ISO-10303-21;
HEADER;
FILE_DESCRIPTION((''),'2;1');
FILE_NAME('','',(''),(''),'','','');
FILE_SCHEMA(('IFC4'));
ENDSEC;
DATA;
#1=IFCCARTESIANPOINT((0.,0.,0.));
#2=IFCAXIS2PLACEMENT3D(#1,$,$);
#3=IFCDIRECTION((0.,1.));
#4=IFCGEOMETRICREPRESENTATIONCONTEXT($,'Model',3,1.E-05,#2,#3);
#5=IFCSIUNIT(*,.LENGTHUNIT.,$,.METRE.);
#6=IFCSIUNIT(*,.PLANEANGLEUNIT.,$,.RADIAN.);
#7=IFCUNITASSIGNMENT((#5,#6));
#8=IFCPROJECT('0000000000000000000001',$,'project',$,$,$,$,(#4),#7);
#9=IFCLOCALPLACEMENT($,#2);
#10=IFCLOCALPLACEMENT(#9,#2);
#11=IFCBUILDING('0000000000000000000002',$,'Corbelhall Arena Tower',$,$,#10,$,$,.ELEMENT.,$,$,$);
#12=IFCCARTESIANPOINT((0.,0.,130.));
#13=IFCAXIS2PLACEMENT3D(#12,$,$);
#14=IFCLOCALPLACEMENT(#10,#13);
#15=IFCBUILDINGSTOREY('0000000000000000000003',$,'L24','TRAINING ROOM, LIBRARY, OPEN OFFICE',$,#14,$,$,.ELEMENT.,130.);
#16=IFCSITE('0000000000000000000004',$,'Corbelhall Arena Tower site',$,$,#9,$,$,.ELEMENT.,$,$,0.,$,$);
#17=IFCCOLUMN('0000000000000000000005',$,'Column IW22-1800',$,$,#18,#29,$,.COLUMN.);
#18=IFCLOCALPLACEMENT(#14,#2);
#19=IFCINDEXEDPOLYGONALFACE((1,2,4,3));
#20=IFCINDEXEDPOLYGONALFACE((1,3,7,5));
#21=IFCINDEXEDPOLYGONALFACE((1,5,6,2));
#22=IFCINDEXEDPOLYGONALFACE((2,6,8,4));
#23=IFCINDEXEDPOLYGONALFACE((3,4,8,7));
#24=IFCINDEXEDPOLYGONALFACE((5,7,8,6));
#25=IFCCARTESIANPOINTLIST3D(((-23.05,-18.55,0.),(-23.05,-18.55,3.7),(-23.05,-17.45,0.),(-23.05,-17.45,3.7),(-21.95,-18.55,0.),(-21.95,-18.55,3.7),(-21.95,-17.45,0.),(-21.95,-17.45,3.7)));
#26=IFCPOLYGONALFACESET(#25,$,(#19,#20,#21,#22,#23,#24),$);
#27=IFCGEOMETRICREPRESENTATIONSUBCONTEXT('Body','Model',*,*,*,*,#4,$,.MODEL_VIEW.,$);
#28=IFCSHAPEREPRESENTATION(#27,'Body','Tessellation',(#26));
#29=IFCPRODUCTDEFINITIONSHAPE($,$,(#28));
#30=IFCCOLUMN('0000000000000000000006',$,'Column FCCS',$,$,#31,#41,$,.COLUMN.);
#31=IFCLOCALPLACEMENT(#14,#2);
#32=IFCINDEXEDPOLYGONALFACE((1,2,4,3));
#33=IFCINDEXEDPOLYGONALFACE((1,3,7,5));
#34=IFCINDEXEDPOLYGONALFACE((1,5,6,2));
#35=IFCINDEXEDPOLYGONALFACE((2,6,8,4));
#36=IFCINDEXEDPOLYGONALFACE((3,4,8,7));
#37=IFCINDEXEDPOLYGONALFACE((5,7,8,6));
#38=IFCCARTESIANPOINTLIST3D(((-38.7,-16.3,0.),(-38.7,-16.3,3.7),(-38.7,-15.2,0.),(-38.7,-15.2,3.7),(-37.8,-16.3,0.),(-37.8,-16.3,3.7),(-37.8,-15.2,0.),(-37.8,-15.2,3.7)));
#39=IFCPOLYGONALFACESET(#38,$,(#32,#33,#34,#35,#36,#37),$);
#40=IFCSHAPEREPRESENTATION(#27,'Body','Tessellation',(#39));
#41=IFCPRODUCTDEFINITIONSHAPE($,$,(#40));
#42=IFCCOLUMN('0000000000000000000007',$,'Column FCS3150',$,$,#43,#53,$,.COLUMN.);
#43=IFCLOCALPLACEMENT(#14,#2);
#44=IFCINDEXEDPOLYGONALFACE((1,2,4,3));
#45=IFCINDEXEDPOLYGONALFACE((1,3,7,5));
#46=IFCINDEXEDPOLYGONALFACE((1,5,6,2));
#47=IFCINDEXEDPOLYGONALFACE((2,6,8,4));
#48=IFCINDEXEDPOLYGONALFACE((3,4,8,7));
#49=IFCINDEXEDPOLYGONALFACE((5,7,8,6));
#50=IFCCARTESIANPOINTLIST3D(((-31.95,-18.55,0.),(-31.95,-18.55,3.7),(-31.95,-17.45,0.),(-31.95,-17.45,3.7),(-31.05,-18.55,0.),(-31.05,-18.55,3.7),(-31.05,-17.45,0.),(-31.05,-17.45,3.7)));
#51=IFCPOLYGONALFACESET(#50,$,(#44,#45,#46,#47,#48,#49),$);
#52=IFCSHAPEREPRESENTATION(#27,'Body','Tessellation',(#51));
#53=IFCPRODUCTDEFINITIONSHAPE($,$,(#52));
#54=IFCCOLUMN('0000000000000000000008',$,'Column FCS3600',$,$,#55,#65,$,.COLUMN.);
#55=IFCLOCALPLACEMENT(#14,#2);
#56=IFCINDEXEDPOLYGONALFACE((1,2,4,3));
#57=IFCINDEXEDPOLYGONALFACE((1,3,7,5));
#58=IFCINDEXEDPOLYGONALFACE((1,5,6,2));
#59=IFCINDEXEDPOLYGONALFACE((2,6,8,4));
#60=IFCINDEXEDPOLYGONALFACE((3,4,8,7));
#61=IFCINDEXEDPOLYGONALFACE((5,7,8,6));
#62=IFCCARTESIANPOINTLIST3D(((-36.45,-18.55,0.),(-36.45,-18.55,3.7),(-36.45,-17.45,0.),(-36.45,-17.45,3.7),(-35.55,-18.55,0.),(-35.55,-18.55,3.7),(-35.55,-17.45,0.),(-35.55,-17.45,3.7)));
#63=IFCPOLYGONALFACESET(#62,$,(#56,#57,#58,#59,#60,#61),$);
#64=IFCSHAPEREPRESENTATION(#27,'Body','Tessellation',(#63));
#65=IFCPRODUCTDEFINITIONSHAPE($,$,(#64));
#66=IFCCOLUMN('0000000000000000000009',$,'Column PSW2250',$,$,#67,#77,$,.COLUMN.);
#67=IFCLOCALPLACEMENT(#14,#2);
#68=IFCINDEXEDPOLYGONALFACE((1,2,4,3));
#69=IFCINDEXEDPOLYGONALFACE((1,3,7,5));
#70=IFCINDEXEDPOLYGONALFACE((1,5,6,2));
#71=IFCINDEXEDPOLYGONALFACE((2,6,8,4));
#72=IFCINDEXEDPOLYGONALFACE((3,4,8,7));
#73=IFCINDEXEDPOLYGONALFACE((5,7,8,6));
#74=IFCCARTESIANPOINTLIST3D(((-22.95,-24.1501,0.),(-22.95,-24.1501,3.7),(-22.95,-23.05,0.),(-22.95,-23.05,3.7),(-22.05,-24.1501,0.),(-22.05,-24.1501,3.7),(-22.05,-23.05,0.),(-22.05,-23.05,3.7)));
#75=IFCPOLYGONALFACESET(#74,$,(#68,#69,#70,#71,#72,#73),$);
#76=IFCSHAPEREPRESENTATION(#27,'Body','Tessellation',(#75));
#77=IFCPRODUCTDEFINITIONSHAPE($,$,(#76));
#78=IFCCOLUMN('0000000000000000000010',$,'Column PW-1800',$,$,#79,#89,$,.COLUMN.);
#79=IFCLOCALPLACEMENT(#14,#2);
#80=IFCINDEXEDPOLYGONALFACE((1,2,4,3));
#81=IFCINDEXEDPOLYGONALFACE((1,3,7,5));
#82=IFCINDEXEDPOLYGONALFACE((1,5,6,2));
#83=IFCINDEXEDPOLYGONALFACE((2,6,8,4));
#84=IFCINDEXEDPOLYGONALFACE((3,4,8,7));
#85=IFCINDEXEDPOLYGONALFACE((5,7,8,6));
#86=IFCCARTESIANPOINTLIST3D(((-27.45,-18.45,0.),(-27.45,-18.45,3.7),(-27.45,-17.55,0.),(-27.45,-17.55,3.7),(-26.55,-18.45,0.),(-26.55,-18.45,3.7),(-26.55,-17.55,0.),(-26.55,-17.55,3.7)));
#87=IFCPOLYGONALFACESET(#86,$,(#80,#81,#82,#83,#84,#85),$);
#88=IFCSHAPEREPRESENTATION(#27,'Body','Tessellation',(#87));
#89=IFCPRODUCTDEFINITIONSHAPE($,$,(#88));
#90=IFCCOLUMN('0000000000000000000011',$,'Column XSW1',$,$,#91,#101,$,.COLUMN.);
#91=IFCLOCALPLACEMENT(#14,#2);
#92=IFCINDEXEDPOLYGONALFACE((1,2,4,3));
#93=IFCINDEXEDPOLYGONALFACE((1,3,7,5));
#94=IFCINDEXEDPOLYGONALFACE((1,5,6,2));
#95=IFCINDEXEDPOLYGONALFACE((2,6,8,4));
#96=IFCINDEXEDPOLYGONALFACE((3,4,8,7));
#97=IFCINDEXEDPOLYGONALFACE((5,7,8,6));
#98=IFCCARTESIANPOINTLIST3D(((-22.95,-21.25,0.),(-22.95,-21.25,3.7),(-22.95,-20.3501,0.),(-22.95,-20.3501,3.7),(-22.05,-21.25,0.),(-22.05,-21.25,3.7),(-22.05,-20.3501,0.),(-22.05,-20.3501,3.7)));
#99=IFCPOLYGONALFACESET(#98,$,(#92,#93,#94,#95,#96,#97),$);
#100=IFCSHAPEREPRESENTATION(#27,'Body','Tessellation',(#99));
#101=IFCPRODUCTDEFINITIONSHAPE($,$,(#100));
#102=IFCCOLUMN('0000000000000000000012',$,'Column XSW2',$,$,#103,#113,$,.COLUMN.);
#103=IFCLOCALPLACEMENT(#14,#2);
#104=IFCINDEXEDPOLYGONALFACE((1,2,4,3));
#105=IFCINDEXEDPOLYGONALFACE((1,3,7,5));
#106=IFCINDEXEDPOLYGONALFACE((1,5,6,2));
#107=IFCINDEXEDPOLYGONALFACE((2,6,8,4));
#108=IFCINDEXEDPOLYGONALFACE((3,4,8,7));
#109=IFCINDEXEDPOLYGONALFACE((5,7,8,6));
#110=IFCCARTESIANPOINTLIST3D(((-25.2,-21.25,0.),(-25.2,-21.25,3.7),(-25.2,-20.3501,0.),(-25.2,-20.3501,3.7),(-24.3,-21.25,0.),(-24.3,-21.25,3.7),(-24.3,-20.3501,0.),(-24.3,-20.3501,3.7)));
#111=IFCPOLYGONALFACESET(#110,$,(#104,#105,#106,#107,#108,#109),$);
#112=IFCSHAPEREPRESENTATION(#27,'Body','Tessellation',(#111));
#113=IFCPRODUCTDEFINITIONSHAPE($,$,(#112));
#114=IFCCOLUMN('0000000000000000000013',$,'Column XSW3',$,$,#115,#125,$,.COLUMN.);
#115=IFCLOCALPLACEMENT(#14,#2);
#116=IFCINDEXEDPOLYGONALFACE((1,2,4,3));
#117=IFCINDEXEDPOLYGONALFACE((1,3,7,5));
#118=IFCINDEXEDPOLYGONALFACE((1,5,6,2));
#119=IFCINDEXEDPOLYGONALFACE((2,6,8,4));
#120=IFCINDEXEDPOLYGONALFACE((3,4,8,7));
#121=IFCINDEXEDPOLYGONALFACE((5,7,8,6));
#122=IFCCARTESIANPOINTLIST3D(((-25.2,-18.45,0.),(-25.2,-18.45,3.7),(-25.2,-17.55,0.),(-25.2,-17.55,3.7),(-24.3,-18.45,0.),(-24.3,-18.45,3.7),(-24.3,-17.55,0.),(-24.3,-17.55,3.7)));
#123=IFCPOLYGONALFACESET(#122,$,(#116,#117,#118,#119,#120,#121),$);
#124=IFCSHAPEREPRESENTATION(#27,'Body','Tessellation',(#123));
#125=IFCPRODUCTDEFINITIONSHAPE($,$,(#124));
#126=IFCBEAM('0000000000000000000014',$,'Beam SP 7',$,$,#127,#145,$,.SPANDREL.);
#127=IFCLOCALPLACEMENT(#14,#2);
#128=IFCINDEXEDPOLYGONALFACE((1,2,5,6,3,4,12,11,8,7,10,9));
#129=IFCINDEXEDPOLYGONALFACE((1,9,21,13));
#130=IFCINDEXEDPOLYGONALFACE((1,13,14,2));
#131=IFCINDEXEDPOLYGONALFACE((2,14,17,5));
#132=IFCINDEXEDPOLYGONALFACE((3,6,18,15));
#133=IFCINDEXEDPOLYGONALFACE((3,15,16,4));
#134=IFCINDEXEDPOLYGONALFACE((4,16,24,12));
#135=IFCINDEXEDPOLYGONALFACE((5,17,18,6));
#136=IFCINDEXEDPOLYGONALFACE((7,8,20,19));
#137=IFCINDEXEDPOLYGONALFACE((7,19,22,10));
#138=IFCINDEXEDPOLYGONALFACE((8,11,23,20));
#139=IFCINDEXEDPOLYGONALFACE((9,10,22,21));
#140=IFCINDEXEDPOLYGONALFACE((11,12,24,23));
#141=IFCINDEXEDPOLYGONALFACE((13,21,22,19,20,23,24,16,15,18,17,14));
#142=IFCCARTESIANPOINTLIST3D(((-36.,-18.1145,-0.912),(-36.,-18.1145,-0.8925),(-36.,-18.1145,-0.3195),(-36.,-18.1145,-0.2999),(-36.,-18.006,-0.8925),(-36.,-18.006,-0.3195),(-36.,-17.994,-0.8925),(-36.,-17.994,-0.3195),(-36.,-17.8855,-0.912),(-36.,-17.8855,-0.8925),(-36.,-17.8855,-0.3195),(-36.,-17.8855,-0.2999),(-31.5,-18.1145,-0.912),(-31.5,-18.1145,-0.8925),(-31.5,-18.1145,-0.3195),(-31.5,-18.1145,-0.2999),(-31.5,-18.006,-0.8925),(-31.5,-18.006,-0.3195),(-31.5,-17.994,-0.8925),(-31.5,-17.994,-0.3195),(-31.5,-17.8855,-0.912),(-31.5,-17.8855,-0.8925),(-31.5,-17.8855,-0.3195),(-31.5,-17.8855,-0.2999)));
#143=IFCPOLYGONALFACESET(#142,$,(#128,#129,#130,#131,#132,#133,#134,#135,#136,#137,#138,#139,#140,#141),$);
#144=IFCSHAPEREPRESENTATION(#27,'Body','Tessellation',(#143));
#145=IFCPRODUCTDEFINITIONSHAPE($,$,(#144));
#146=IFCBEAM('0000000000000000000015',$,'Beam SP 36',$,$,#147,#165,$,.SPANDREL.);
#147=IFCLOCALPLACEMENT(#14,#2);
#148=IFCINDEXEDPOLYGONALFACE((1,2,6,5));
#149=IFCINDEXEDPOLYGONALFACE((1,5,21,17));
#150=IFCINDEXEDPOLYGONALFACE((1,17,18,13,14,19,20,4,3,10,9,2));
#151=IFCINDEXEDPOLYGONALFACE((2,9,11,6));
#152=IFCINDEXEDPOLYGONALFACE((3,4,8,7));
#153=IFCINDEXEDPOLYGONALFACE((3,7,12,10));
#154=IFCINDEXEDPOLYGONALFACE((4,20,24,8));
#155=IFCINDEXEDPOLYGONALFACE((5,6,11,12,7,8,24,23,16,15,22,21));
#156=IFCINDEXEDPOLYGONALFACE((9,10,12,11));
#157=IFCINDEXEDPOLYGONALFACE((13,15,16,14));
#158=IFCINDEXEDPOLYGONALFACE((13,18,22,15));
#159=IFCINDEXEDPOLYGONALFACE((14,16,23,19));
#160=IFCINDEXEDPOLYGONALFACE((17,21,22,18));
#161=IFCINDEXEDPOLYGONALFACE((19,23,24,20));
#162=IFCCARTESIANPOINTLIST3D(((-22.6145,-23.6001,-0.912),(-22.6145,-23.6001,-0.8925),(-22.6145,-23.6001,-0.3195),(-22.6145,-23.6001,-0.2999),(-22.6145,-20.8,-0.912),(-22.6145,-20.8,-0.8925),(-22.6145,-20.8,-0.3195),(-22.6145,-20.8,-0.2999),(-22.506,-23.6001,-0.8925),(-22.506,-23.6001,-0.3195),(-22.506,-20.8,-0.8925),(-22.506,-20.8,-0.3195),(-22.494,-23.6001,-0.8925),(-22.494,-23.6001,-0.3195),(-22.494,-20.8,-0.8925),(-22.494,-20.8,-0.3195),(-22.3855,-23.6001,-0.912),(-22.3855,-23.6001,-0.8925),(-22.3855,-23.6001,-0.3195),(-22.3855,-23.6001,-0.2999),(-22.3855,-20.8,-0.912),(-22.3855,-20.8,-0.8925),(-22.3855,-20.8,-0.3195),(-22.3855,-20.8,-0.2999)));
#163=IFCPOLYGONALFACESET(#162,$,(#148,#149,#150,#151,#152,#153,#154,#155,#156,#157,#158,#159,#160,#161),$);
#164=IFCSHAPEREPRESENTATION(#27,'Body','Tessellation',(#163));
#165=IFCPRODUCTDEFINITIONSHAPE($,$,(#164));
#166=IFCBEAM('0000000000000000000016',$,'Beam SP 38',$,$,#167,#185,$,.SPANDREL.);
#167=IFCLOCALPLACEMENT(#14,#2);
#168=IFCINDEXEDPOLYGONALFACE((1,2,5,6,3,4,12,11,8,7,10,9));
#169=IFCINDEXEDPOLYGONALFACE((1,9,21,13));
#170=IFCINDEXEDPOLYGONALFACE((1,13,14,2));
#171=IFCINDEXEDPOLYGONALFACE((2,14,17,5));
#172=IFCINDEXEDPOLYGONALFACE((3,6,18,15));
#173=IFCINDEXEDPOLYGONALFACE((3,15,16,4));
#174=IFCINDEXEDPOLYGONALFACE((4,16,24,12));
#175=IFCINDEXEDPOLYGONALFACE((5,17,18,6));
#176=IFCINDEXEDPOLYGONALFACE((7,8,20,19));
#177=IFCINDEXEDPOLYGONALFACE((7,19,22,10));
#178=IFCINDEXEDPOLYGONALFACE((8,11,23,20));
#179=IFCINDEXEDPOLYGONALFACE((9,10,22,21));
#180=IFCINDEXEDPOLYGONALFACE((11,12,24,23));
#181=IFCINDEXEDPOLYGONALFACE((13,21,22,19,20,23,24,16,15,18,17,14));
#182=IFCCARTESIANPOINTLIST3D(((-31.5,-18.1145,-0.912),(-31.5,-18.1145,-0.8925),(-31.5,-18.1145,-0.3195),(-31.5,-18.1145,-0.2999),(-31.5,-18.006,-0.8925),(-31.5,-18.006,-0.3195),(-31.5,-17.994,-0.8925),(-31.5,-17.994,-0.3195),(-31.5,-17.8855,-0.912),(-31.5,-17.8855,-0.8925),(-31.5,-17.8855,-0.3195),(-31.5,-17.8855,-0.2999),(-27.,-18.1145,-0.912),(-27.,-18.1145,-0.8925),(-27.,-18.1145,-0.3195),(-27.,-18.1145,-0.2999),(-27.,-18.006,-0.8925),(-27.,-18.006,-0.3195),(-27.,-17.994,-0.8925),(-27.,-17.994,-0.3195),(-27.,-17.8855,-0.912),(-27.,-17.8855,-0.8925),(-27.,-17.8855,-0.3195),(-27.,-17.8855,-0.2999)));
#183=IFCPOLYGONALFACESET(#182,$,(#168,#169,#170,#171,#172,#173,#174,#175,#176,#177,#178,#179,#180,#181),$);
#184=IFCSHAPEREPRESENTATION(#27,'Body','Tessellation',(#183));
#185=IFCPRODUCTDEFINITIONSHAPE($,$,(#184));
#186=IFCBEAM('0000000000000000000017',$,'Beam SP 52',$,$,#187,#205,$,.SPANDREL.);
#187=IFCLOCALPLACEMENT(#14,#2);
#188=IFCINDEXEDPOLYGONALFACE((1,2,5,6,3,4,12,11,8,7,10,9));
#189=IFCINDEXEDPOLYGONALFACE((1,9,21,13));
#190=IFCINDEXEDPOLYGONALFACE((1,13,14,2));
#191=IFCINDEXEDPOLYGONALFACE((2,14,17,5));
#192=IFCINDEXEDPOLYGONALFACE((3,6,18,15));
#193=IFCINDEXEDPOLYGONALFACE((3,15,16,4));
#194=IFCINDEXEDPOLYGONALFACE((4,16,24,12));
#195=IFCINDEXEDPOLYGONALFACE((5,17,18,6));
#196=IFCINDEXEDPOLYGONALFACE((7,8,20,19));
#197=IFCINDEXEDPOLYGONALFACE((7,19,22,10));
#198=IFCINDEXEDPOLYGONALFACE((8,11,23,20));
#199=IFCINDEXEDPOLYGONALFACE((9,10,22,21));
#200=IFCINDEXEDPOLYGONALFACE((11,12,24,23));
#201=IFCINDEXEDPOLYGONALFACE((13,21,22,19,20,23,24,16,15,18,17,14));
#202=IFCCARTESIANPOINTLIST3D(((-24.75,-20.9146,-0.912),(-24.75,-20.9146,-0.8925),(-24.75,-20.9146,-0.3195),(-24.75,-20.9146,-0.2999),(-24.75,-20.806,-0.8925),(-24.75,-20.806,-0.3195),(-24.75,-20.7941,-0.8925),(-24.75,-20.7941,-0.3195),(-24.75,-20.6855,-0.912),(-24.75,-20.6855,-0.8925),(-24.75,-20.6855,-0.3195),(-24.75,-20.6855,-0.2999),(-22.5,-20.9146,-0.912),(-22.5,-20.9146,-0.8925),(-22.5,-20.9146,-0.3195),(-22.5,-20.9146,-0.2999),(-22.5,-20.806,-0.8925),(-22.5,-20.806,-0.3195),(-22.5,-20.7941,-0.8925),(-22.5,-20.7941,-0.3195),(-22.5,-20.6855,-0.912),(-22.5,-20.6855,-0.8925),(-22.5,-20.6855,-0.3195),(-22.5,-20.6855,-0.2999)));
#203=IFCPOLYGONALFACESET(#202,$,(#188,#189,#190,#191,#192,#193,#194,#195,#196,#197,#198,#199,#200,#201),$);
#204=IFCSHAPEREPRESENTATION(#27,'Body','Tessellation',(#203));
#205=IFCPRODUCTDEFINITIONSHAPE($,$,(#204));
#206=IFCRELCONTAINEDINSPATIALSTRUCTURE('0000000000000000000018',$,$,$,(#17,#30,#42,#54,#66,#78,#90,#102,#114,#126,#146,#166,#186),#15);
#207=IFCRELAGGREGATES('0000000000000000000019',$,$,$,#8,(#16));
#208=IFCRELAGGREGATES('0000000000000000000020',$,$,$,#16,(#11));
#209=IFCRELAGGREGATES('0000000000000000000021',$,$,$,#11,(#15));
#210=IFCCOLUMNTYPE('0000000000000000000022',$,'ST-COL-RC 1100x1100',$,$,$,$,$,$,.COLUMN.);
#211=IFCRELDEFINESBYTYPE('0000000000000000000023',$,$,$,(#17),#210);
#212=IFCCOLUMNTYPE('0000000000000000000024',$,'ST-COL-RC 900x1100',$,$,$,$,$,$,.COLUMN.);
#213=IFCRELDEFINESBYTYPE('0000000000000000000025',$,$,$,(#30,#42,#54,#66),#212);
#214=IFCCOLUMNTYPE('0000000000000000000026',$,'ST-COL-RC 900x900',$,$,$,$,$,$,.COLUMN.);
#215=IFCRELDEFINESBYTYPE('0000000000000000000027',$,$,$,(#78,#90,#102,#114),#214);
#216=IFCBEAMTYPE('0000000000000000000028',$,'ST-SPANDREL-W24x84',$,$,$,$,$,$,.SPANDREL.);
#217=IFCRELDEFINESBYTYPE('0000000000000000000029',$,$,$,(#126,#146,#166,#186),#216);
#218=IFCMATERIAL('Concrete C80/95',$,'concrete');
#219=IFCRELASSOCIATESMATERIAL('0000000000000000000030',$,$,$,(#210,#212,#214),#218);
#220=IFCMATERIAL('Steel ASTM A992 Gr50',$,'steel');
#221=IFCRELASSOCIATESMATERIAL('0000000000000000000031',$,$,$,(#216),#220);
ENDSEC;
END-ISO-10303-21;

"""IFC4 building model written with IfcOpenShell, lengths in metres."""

from ifc_helpers import new_model, si_unit, direction, frame, origin, origin_2d, place, context, subcontext, project, spatial, rectangle, i_section, extrude, material, material_profile, profile_set, type_object, element, save


model = new_model("IFC4")

# Units and contexts
model_context = context("Model", 3, precision=1e-05, world=origin(), true_north=direction((0.0, 1.0)))
body_context = subcontext(model_context, "Body", "Model", "MODEL_VIEW")
ifc_project = project(units=[si_unit("LENGTHUNIT", "METRE"), si_unit("PLANEANGLEUNIT", "RADIAN")], contexts=[model_context])

# Site, building, storey
site_placement = place(None, origin())
site = spatial("IfcSite", under=ifc_project, at=site_placement, Name="Corbelhall Arena Tower site", CompositionType="ELEMENT", RefElevation=0.0)
building_placement = place(site_placement, origin())
building = spatial("IfcBuilding", under=site, at=building_placement, Name="Corbelhall Arena Tower", CompositionType="ELEMENT")
storey_placement = place(building_placement, frame((0.0, 0.0, 130.0)))
storey = spatial("IfcBuildingStorey", under=building, at=storey_placement, Name="L24", Description="TRAINING ROOM, LIBRARY, OPEN OFFICE", CompositionType="ELEMENT", Elevation=130.0)

# Columns
ifc_material_1 = material(Name="Concrete C80/95", Category="concrete")
ifc_material_profile_1 = material_profile(ifc_material_1, rectangle(XDim=1.1001, YDim=1.1001, at=origin_2d()))
ifc_profile_set_1 = profile_set([ifc_material_profile_1], Name="Concrete C80/95")
column_type_1 = type_object("IfcColumnType", Name="ST-COL-RC 1100x1100", PredefinedType="COLUMN", material=ifc_profile_set_1)
column_placement = place(storey_placement, frame((-22.5, -18.0, 0.0), z_axis=(0.0, 0.0, 1.0), x_axis=(1.0, 0.0, 0.0)))
element("IfcColumn", 1, at=column_placement, inside=storey, type_object=column_type_1, Name="Column IW22-1800", PredefinedType="COLUMN", context=body_context, shape_type="SweptSolid", body=[
    extrude(rectangle(XDim=1.1001, YDim=1.1001, at=origin_2d()), origin(), (0.0, 0.0, 1.0), 3.7),
])
ifc_material_profile_2 = material_profile(ifc_material_1, rectangle(XDim=0.8999, YDim=1.1001, at=origin_2d()))
ifc_profile_set_2 = profile_set([ifc_material_profile_2], Name="Concrete C80/95")
column_type_2 = type_object("IfcColumnType", Name="ST-COL-RC 900x1100", PredefinedType="COLUMN", material=ifc_profile_set_2)
for number, where, z_axis, x_axis, name in (
    (2, (-38.25, -15.75, 0.0), (0.0, 0.0, 1.0), (1.0, 0.0, 0.0), "Column FCCS"),
    (3, (-31.5, -18.0, 0.0), (0.0, 0.0, 1.0), (1.0, 0.0, 0.0), "Column FCS3150"),
    (4, (-36.0, -18.0, 0.0), (0.0, 0.0, 1.0), (1.0, 0.0, 0.0), "Column FCS3600"),
    (5, (-22.5, -23.6001, 0.0), (0.0, 0.0, 1.0), (1.0, 0.0, 0.0), "Column PSW2250"),
):
    element("IfcColumn", number, at=place(storey_placement, frame(where, z_axis=z_axis, x_axis=x_axis)), inside=storey, type_object=column_type_2, Name=name, PredefinedType="COLUMN", context=body_context, shape_type="SweptSolid", body=[
        extrude(rectangle(XDim=0.8999, YDim=1.1001, at=origin_2d()), origin(), (0.0, 0.0, 1.0), 3.7),
    ])
ifc_material_profile_3 = material_profile(ifc_material_1, rectangle(XDim=0.8999, YDim=0.8999, at=origin_2d()))
ifc_profile_set_3 = profile_set([ifc_material_profile_3], Name="Concrete C80/95")
column_type_3 = type_object("IfcColumnType", Name="ST-COL-RC 900x900", PredefinedType="COLUMN", material=ifc_profile_set_3)
for number, where, z_axis, x_axis, name in (
    (6, (-27.0, -18.0, 0.0), (0.0, 0.0, 1.0), (1.0, 0.0, 0.0), "Column PW-1800"),
    (7, (-22.5, -20.8, 0.0), (0.0, 0.0, 1.0), (1.0, 0.0, 0.0), "Column XSW1"),
    (8, (-24.75, -20.8, 0.0), (0.0, 0.0, 1.0), (1.0, 0.0, 0.0), "Column XSW2"),
    (9, (-24.75, -18.0, 0.0), (0.0, 0.0, 1.0), (1.0, 0.0, 0.0), "Column XSW3"),
):
    element("IfcColumn", number, at=place(storey_placement, frame(where, z_axis=z_axis, x_axis=x_axis)), inside=storey, type_object=column_type_3, Name=name, PredefinedType="COLUMN", context=body_context, shape_type="SweptSolid", body=[
        extrude(rectangle(XDim=0.8999, YDim=0.8999, at=origin_2d()), origin(), (0.0, 0.0, 1.0), 3.7),
    ])

# Beams
ifc_material_2 = material(Name="Steel ASTM A992 Gr50", Category="steel")
ifc_material_profile_4 = material_profile(ifc_material_2, i_section(OverallWidth=0.229, OverallDepth=0.6121, WebThickness=0.012, FlangeThickness=0.0195, at=origin_2d()))
ifc_profile_set_4 = profile_set([ifc_material_profile_4], Name="Steel ASTM A992 Gr50")
beam_type = type_object("IfcBeamType", Name="ST-SPANDREL-W24x84", PredefinedType="SPANDREL", material=ifc_profile_set_4)
beam_1_placement = place(storey_placement, frame((-31.5, -18.0, -0.606), z_axis=(-1.0, 0.0, 0.0), x_axis=(0.0, -1.0, 0.0)))
element("IfcBeam", 10, at=beam_1_placement, inside=storey, type_object=beam_type, Name="Beam SP 7", PredefinedType="SPANDREL", context=body_context, shape_type="SweptSolid", body=[
    extrude(i_section(OverallWidth=0.229, OverallDepth=0.6121, WebThickness=0.012, FlangeThickness=0.0195, at=origin_2d()), origin(), (0.0, 0.0, 1.0), 4.5),
])
beam_2_placement = place(storey_placement, frame((-22.5, -23.6001, -0.606), z_axis=(0.0, 1.0, 0.0), x_axis=(-1.0, 0.0, 0.0)))
element("IfcBeam", 11, at=beam_2_placement, inside=storey, type_object=beam_type, Name="Beam SP 36", PredefinedType="SPANDREL", context=body_context, shape_type="SweptSolid", body=[
    extrude(i_section(OverallWidth=0.229, OverallDepth=0.6121, WebThickness=0.012, FlangeThickness=0.0195, at=origin_2d()), origin(), (0.0, 0.0, 1.0), 2.8),
])
beam_3_placement = place(storey_placement, frame((-27.0, -18.0, -0.606), z_axis=(-1.0, 0.0, 0.0), x_axis=(0.0, -1.0, 0.0)))
element("IfcBeam", 12, at=beam_3_placement, inside=storey, type_object=beam_type, Name="Beam SP 38", PredefinedType="SPANDREL", context=body_context, shape_type="SweptSolid", body=[
    extrude(i_section(OverallWidth=0.229, OverallDepth=0.6121, WebThickness=0.012, FlangeThickness=0.0195, at=origin_2d()), origin(), (0.0, 0.0, 1.0), 4.5),
])
beam_4_placement = place(storey_placement, frame((-22.5, -20.8, -0.606), z_axis=(-1.0, 0.0, 0.0), x_axis=(0.0, -1.0, 0.0)))
element("IfcBeam", 13, at=beam_4_placement, inside=storey, type_object=beam_type, Name="Beam SP 52", PredefinedType="SPANDREL", context=body_context, shape_type="SweptSolid", body=[
    extrude(i_section(OverallWidth=0.229, OverallDepth=0.6121, WebThickness=0.012, FlangeThickness=0.0195, at=origin_2d()), origin(), (0.0, 0.0, 1.0), 2.25),
])

save(model, "model.ifc")
